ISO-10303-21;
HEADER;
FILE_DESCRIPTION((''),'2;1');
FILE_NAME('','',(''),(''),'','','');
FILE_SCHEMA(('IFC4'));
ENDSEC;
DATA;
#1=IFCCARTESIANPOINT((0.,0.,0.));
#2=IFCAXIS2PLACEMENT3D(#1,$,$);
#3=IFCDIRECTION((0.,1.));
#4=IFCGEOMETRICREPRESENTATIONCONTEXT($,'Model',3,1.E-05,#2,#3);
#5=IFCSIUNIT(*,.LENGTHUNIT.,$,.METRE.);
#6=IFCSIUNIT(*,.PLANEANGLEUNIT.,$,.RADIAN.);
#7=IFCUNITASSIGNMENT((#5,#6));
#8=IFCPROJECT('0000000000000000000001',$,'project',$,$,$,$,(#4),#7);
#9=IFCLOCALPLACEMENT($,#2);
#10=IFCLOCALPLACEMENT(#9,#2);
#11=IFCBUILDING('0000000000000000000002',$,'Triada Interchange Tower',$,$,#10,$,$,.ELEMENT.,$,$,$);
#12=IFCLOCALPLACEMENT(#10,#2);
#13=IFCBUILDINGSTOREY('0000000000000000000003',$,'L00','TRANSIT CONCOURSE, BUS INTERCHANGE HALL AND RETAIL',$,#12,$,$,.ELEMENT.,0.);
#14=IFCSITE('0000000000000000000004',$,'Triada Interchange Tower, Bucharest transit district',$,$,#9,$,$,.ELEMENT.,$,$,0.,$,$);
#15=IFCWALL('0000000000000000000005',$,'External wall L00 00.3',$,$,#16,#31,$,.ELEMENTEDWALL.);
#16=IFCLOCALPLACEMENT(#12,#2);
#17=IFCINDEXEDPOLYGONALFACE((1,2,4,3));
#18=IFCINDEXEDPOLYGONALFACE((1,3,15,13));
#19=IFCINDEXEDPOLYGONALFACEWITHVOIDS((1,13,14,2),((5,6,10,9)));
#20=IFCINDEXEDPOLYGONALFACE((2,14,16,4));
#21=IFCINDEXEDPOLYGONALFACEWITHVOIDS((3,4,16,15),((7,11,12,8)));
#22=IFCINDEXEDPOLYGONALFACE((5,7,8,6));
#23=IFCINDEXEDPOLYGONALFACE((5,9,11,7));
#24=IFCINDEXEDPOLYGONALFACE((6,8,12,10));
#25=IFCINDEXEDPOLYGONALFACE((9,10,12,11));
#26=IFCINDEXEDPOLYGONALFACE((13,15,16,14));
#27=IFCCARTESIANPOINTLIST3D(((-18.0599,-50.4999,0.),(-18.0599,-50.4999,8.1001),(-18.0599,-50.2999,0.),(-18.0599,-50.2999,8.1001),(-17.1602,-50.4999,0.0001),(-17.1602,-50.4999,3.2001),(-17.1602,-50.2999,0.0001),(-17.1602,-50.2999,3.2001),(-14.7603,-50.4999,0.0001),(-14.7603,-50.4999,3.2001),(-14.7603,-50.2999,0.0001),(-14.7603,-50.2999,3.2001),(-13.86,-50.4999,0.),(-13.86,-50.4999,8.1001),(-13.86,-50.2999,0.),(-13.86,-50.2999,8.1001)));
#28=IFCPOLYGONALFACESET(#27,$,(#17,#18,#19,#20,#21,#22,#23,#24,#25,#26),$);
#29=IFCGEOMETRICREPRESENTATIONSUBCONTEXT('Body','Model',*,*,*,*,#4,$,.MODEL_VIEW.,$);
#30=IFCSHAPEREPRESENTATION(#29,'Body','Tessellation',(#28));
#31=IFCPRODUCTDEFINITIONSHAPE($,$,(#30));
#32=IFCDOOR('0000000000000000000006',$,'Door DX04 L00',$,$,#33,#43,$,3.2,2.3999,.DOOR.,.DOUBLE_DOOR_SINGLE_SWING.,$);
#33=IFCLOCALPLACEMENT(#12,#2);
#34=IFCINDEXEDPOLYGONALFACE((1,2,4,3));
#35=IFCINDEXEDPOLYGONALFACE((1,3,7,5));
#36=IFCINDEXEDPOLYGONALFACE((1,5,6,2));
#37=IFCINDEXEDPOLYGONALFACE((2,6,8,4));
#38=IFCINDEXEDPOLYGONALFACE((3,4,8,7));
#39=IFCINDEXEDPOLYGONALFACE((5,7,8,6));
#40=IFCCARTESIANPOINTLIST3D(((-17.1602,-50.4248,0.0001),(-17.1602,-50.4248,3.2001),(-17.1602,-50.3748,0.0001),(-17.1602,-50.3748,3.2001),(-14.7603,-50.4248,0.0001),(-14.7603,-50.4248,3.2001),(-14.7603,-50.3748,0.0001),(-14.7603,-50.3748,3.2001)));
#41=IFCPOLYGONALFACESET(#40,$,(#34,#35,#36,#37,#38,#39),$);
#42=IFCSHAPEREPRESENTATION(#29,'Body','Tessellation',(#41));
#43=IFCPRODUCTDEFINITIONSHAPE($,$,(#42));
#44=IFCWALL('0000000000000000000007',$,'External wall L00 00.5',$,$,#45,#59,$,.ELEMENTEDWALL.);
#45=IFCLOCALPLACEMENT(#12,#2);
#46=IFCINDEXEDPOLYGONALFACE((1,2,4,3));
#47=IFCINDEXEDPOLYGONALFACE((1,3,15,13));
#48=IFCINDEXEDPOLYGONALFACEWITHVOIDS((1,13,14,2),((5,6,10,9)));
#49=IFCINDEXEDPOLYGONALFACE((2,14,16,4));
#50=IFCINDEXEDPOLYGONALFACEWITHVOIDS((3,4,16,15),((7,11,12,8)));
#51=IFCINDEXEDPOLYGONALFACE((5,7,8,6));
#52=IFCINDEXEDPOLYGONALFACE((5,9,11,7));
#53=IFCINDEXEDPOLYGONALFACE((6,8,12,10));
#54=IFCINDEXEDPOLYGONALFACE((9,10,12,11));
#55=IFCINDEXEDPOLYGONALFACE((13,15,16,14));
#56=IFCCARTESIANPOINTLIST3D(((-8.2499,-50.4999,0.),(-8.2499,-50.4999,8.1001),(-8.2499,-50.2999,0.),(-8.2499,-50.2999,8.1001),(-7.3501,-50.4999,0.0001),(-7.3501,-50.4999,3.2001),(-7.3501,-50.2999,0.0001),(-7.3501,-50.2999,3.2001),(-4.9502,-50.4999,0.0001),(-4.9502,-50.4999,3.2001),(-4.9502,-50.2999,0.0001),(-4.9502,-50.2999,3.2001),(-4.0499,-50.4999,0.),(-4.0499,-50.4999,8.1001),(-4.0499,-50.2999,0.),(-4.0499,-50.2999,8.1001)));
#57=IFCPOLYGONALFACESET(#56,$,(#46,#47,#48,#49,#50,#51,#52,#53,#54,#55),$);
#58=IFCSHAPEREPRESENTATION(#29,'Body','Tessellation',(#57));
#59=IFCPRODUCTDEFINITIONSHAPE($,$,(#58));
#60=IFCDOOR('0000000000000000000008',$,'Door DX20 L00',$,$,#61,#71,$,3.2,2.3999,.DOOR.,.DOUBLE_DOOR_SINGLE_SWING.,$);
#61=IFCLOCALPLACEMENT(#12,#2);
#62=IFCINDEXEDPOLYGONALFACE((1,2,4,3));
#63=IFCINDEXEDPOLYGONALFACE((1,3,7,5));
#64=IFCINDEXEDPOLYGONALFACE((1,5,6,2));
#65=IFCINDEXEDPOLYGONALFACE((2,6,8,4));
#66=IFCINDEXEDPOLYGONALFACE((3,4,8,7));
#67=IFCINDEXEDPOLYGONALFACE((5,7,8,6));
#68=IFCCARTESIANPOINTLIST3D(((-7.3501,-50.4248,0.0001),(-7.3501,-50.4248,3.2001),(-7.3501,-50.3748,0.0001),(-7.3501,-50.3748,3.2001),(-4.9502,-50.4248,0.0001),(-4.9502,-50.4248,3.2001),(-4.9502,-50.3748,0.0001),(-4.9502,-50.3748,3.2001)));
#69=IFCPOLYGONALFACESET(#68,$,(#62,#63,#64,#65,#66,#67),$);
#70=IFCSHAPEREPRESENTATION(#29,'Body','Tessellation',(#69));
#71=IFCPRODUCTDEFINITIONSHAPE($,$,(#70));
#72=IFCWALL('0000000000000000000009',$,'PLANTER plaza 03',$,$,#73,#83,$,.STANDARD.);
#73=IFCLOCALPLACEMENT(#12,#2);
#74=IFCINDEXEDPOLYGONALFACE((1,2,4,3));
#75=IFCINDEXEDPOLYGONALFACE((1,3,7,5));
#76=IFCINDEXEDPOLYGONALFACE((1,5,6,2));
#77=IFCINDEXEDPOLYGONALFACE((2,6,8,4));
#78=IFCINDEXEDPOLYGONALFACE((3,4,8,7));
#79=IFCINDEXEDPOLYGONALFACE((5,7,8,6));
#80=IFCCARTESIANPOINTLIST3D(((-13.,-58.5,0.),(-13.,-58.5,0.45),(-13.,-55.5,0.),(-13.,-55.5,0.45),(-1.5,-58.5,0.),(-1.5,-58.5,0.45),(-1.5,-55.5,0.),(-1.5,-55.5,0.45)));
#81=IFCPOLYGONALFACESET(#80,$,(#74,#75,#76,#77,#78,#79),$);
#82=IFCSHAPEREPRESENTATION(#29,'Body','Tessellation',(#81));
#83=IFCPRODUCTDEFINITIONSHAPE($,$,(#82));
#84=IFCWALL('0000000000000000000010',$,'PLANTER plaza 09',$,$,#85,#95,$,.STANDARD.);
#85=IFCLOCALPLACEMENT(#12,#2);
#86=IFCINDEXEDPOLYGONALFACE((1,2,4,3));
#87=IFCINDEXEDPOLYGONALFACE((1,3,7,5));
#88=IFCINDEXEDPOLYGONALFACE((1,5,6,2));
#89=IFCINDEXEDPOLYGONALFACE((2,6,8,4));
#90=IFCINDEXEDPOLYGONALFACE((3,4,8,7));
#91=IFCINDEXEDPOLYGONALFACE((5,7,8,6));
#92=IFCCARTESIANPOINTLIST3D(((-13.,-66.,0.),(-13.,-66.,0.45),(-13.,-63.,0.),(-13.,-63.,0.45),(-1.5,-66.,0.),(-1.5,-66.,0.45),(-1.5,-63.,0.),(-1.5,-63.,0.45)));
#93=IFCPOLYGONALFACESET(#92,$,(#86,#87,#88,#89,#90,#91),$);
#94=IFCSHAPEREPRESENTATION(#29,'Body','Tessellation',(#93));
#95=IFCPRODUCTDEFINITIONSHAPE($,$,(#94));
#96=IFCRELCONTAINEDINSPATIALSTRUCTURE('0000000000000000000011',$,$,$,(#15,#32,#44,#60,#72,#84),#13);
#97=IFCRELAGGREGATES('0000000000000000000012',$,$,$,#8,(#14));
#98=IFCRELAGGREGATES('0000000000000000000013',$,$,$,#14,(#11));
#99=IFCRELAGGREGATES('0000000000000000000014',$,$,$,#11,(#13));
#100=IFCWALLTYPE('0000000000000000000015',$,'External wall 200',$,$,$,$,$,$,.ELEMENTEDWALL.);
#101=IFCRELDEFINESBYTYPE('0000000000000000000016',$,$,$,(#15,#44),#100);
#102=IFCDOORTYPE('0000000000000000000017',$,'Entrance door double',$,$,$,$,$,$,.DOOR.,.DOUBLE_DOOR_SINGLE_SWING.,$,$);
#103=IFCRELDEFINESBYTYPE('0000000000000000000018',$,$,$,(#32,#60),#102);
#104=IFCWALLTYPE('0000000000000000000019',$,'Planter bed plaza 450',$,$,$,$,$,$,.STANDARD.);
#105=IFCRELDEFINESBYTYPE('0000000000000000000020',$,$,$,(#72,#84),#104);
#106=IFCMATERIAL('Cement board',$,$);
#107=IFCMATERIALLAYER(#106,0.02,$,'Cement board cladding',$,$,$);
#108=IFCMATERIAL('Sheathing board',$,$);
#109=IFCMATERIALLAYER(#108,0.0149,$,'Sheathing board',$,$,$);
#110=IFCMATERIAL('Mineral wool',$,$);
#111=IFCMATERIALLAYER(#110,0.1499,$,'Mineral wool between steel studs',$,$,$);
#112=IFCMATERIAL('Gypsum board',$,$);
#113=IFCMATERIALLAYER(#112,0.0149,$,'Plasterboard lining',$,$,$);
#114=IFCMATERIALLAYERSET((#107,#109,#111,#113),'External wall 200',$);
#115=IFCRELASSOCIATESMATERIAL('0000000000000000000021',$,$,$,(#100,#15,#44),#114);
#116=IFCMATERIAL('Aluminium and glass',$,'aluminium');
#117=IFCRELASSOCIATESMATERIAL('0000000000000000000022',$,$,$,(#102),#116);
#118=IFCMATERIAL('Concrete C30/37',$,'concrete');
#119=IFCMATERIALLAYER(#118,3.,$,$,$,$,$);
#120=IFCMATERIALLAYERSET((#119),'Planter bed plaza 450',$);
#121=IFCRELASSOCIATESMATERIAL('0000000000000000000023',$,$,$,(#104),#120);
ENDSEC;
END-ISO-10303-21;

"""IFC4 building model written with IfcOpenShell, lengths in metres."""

from ifc_helpers import new_model, si_unit, direction, frame, frame_2d, origin, place, context, subcontext, project, spatial, rectangle, extrude, material, layer, layer_set, layer_usage, type_object, element, fill, save


model = new_model("IFC4")

# Units and contexts
model_context = context("Model", 3, precision=1e-05, world=origin(), true_north=direction((0.0, 1.0)))
body_context = subcontext(model_context, "Body", "Model", "MODEL_VIEW")
ifc_project = project(units=[si_unit("LENGTHUNIT", "METRE"), si_unit("PLANEANGLEUNIT", "RADIAN")], contexts=[model_context])

# Site, building, storey
site_placement = place(None, origin())
site = spatial("IfcSite", under=ifc_project, at=site_placement, Name="Triada Interchange Tower, Bucharest transit district", CompositionType="ELEMENT", RefElevation=0.0)
building_placement = place(site_placement, origin())
building = spatial("IfcBuilding", under=site, at=building_placement, Name="Triada Interchange Tower", CompositionType="ELEMENT")
storey_placement = place(building_placement, origin())
storey = spatial("IfcBuildingStorey", under=building, at=storey_placement, Name="L00", Description="TRANSIT CONCOURSE, BUS INTERCHANGE HALL AND RETAIL", CompositionType="ELEMENT", Elevation=0.0)

# Walls, openings, doors
ifc_material_1 = material(Name="Cement board")
ifc_layer_1 = layer(ifc_material_1, 0.02, Name="Cement board cladding")
ifc_material_2 = material(Name="Sheathing board")
ifc_layer_2 = layer(ifc_material_2, 0.0149, Name="Sheathing board")
ifc_material_3 = material(Name="Mineral wool")
ifc_layer_3 = layer(ifc_material_3, 0.1499, Name="Mineral wool between steel studs")
ifc_material_4 = material(Name="Gypsum board")
ifc_layer_4 = layer(ifc_material_4, 0.0149, Name="Plasterboard lining")
ifc_layer_set_1 = layer_set([ifc_layer_1, ifc_layer_2, ifc_layer_3, ifc_layer_4], Name="External wall 200")
ifc_layer_usage = layer_usage(ifc_layer_set_1, "AXIS2", "POSITIVE", -0.1001)
wall_type_1 = type_object("IfcWallType", Name="External wall 200", PredefinedType="ELEMENTEDWALL", material=ifc_layer_set_1)
wall_1_placement = place(storey_placement, frame((-18.0601, -50.3999, 0.0), z_axis=(0.0, 0.0, 1.0), x_axis=(1.0, 0.0, 0.0)))
wall_1 = element("IfcWall", 1, at=wall_1_placement, inside=storey, type_object=wall_type_1, material=ifc_layer_usage, Name="External wall L00 00.3", PredefinedType="ELEMENTEDWALL", context=body_context, shape_type="SweptSolid", body=[
    extrude(rectangle(XDim=4.2, YDim=0.2, at=frame_2d((2.1001, 0.0))), origin(), (0.0, 0.0, 1.0), 8.1001),
])
opening_1_placement = place(wall_1_placement, frame((0.8999, 0.0, 0.0)))
opening_1 = element("IfcOpeningElement", 2, at=opening_1_placement, cuts=wall_1, PredefinedType="OPENING", context=body_context, shape_type="SweptSolid", body=[
    extrude(rectangle(XDim=2.3999, YDim=3.2, at=frame_2d((1.2, 1.6001))), frame((0.0, 0.1099, 0.0), z_axis=(0.0, -1.0, 0.0), x_axis=(1.0, 0.0, 0.0)), (0.0, 0.0, 1.0), 0.22),
])
ifc_material_5 = material(Name="Aluminium and glass", Category="aluminium")
door_type = type_object("IfcDoorType", Name="Entrance door double", OperationType="DOUBLE_DOOR_SINGLE_SWING", PredefinedType="DOOR", material=ifc_material_5)
door_1_placement = place(opening_1_placement, frame((2.3999, 0.0, 0.0), z_axis=(0.0, 0.0, 1.0), x_axis=(-1.0, 0.0, 0.0)))
door_1 = element("IfcDoor", 3, at=door_1_placement, inside=storey, type_object=door_type, Name="Door DX04 L00", OperationType="DOUBLE_DOOR_SINGLE_SWING", OverallHeight=3.2, OverallWidth=2.3999, PredefinedType="DOOR", context=body_context, shape_type="SweptSolid", body=[
    extrude(rectangle(XDim=2.3999, YDim=3.2, at=frame_2d((1.2, 1.6001))), frame((0.0, 0.0249, 0.0), z_axis=(0.0, -1.0, 0.0), x_axis=(1.0, 0.0, 0.0)), (0.0, 0.0, 1.0), 0.05),
])
fill(opening_1, door_1)
wall_2_placement = place(storey_placement, frame((-8.25, -50.3999, 0.0), z_axis=(0.0, 0.0, 1.0), x_axis=(1.0, 0.0, 0.0)))
wall_2 = element("IfcWall", 4, at=wall_2_placement, inside=storey, type_object=wall_type_1, material=ifc_layer_usage, Name="External wall L00 00.5", PredefinedType="ELEMENTEDWALL", context=body_context, shape_type="SweptSolid", body=[
    extrude(rectangle(XDim=4.2, YDim=0.2, at=frame_2d((2.1001, 0.0))), origin(), (0.0, 0.0, 1.0), 8.1001),
])
opening_2_placement = place(wall_2_placement, frame((0.8999, 0.0, 0.0)))
opening_2 = element("IfcOpeningElement", 5, at=opening_2_placement, cuts=wall_2, PredefinedType="OPENING", context=body_context, shape_type="SweptSolid", body=[
    extrude(rectangle(XDim=2.3999, YDim=3.2, at=frame_2d((1.2, 1.6001))), frame((0.0, 0.1099, 0.0), z_axis=(0.0, -1.0, 0.0), x_axis=(1.0, 0.0, 0.0)), (0.0, 0.0, 1.0), 0.22),
])
door_2_placement = place(opening_2_placement, frame((2.3999, 0.0, 0.0), z_axis=(0.0, 0.0, 1.0), x_axis=(-1.0, 0.0, 0.0)))
door_2 = element("IfcDoor", 6, at=door_2_placement, inside=storey, type_object=door_type, Name="Door DX20 L00", OperationType="DOUBLE_DOOR_SINGLE_SWING", OverallHeight=3.2, OverallWidth=2.3999, PredefinedType="DOOR", context=body_context, shape_type="SweptSolid", body=[
    extrude(rectangle(XDim=2.3999, YDim=3.2, at=frame_2d((1.2, 1.6001))), frame((0.0, 0.0249, 0.0), z_axis=(0.0, -1.0, 0.0), x_axis=(1.0, 0.0, 0.0)), (0.0, 0.0, 1.0), 0.05),
])
fill(opening_2, door_2)

# Walls
ifc_material_6 = material(Name="Concrete C30/37", Category="concrete")
ifc_layer_5 = layer(ifc_material_6, 3.0)
ifc_layer_set_2 = layer_set([ifc_layer_5], Name="Planter bed plaza 450")
wall_type_2 = type_object("IfcWallType", Name="Planter bed plaza 450", PredefinedType="STANDARD", material=ifc_layer_set_2)
for number, where, z_axis, x_axis, name in (
    (7, (-13.0, -57.0, 0.0), (0.0, 0.0, 1.0), (1.0, 0.0, 0.0), "PLANTER plaza 03"),
    (8, (-13.0, -64.5, 0.0), (0.0, 0.0, 1.0), (1.0, 0.0, 0.0), "PLANTER plaza 09"),
):
    element("IfcWall", number, at=place(storey_placement, frame(where, z_axis=z_axis, x_axis=x_axis)), inside=storey, type_object=wall_type_2, Name=name, PredefinedType="STANDARD", context=body_context, shape_type="SweptSolid", body=[
        extrude(rectangle(XDim=11.5, YDim=3.0, at=frame_2d((5.75, 0.0))), origin(), (0.0, 0.0, 1.0), 0.45),
    ])

save(model, "model.ifc")
